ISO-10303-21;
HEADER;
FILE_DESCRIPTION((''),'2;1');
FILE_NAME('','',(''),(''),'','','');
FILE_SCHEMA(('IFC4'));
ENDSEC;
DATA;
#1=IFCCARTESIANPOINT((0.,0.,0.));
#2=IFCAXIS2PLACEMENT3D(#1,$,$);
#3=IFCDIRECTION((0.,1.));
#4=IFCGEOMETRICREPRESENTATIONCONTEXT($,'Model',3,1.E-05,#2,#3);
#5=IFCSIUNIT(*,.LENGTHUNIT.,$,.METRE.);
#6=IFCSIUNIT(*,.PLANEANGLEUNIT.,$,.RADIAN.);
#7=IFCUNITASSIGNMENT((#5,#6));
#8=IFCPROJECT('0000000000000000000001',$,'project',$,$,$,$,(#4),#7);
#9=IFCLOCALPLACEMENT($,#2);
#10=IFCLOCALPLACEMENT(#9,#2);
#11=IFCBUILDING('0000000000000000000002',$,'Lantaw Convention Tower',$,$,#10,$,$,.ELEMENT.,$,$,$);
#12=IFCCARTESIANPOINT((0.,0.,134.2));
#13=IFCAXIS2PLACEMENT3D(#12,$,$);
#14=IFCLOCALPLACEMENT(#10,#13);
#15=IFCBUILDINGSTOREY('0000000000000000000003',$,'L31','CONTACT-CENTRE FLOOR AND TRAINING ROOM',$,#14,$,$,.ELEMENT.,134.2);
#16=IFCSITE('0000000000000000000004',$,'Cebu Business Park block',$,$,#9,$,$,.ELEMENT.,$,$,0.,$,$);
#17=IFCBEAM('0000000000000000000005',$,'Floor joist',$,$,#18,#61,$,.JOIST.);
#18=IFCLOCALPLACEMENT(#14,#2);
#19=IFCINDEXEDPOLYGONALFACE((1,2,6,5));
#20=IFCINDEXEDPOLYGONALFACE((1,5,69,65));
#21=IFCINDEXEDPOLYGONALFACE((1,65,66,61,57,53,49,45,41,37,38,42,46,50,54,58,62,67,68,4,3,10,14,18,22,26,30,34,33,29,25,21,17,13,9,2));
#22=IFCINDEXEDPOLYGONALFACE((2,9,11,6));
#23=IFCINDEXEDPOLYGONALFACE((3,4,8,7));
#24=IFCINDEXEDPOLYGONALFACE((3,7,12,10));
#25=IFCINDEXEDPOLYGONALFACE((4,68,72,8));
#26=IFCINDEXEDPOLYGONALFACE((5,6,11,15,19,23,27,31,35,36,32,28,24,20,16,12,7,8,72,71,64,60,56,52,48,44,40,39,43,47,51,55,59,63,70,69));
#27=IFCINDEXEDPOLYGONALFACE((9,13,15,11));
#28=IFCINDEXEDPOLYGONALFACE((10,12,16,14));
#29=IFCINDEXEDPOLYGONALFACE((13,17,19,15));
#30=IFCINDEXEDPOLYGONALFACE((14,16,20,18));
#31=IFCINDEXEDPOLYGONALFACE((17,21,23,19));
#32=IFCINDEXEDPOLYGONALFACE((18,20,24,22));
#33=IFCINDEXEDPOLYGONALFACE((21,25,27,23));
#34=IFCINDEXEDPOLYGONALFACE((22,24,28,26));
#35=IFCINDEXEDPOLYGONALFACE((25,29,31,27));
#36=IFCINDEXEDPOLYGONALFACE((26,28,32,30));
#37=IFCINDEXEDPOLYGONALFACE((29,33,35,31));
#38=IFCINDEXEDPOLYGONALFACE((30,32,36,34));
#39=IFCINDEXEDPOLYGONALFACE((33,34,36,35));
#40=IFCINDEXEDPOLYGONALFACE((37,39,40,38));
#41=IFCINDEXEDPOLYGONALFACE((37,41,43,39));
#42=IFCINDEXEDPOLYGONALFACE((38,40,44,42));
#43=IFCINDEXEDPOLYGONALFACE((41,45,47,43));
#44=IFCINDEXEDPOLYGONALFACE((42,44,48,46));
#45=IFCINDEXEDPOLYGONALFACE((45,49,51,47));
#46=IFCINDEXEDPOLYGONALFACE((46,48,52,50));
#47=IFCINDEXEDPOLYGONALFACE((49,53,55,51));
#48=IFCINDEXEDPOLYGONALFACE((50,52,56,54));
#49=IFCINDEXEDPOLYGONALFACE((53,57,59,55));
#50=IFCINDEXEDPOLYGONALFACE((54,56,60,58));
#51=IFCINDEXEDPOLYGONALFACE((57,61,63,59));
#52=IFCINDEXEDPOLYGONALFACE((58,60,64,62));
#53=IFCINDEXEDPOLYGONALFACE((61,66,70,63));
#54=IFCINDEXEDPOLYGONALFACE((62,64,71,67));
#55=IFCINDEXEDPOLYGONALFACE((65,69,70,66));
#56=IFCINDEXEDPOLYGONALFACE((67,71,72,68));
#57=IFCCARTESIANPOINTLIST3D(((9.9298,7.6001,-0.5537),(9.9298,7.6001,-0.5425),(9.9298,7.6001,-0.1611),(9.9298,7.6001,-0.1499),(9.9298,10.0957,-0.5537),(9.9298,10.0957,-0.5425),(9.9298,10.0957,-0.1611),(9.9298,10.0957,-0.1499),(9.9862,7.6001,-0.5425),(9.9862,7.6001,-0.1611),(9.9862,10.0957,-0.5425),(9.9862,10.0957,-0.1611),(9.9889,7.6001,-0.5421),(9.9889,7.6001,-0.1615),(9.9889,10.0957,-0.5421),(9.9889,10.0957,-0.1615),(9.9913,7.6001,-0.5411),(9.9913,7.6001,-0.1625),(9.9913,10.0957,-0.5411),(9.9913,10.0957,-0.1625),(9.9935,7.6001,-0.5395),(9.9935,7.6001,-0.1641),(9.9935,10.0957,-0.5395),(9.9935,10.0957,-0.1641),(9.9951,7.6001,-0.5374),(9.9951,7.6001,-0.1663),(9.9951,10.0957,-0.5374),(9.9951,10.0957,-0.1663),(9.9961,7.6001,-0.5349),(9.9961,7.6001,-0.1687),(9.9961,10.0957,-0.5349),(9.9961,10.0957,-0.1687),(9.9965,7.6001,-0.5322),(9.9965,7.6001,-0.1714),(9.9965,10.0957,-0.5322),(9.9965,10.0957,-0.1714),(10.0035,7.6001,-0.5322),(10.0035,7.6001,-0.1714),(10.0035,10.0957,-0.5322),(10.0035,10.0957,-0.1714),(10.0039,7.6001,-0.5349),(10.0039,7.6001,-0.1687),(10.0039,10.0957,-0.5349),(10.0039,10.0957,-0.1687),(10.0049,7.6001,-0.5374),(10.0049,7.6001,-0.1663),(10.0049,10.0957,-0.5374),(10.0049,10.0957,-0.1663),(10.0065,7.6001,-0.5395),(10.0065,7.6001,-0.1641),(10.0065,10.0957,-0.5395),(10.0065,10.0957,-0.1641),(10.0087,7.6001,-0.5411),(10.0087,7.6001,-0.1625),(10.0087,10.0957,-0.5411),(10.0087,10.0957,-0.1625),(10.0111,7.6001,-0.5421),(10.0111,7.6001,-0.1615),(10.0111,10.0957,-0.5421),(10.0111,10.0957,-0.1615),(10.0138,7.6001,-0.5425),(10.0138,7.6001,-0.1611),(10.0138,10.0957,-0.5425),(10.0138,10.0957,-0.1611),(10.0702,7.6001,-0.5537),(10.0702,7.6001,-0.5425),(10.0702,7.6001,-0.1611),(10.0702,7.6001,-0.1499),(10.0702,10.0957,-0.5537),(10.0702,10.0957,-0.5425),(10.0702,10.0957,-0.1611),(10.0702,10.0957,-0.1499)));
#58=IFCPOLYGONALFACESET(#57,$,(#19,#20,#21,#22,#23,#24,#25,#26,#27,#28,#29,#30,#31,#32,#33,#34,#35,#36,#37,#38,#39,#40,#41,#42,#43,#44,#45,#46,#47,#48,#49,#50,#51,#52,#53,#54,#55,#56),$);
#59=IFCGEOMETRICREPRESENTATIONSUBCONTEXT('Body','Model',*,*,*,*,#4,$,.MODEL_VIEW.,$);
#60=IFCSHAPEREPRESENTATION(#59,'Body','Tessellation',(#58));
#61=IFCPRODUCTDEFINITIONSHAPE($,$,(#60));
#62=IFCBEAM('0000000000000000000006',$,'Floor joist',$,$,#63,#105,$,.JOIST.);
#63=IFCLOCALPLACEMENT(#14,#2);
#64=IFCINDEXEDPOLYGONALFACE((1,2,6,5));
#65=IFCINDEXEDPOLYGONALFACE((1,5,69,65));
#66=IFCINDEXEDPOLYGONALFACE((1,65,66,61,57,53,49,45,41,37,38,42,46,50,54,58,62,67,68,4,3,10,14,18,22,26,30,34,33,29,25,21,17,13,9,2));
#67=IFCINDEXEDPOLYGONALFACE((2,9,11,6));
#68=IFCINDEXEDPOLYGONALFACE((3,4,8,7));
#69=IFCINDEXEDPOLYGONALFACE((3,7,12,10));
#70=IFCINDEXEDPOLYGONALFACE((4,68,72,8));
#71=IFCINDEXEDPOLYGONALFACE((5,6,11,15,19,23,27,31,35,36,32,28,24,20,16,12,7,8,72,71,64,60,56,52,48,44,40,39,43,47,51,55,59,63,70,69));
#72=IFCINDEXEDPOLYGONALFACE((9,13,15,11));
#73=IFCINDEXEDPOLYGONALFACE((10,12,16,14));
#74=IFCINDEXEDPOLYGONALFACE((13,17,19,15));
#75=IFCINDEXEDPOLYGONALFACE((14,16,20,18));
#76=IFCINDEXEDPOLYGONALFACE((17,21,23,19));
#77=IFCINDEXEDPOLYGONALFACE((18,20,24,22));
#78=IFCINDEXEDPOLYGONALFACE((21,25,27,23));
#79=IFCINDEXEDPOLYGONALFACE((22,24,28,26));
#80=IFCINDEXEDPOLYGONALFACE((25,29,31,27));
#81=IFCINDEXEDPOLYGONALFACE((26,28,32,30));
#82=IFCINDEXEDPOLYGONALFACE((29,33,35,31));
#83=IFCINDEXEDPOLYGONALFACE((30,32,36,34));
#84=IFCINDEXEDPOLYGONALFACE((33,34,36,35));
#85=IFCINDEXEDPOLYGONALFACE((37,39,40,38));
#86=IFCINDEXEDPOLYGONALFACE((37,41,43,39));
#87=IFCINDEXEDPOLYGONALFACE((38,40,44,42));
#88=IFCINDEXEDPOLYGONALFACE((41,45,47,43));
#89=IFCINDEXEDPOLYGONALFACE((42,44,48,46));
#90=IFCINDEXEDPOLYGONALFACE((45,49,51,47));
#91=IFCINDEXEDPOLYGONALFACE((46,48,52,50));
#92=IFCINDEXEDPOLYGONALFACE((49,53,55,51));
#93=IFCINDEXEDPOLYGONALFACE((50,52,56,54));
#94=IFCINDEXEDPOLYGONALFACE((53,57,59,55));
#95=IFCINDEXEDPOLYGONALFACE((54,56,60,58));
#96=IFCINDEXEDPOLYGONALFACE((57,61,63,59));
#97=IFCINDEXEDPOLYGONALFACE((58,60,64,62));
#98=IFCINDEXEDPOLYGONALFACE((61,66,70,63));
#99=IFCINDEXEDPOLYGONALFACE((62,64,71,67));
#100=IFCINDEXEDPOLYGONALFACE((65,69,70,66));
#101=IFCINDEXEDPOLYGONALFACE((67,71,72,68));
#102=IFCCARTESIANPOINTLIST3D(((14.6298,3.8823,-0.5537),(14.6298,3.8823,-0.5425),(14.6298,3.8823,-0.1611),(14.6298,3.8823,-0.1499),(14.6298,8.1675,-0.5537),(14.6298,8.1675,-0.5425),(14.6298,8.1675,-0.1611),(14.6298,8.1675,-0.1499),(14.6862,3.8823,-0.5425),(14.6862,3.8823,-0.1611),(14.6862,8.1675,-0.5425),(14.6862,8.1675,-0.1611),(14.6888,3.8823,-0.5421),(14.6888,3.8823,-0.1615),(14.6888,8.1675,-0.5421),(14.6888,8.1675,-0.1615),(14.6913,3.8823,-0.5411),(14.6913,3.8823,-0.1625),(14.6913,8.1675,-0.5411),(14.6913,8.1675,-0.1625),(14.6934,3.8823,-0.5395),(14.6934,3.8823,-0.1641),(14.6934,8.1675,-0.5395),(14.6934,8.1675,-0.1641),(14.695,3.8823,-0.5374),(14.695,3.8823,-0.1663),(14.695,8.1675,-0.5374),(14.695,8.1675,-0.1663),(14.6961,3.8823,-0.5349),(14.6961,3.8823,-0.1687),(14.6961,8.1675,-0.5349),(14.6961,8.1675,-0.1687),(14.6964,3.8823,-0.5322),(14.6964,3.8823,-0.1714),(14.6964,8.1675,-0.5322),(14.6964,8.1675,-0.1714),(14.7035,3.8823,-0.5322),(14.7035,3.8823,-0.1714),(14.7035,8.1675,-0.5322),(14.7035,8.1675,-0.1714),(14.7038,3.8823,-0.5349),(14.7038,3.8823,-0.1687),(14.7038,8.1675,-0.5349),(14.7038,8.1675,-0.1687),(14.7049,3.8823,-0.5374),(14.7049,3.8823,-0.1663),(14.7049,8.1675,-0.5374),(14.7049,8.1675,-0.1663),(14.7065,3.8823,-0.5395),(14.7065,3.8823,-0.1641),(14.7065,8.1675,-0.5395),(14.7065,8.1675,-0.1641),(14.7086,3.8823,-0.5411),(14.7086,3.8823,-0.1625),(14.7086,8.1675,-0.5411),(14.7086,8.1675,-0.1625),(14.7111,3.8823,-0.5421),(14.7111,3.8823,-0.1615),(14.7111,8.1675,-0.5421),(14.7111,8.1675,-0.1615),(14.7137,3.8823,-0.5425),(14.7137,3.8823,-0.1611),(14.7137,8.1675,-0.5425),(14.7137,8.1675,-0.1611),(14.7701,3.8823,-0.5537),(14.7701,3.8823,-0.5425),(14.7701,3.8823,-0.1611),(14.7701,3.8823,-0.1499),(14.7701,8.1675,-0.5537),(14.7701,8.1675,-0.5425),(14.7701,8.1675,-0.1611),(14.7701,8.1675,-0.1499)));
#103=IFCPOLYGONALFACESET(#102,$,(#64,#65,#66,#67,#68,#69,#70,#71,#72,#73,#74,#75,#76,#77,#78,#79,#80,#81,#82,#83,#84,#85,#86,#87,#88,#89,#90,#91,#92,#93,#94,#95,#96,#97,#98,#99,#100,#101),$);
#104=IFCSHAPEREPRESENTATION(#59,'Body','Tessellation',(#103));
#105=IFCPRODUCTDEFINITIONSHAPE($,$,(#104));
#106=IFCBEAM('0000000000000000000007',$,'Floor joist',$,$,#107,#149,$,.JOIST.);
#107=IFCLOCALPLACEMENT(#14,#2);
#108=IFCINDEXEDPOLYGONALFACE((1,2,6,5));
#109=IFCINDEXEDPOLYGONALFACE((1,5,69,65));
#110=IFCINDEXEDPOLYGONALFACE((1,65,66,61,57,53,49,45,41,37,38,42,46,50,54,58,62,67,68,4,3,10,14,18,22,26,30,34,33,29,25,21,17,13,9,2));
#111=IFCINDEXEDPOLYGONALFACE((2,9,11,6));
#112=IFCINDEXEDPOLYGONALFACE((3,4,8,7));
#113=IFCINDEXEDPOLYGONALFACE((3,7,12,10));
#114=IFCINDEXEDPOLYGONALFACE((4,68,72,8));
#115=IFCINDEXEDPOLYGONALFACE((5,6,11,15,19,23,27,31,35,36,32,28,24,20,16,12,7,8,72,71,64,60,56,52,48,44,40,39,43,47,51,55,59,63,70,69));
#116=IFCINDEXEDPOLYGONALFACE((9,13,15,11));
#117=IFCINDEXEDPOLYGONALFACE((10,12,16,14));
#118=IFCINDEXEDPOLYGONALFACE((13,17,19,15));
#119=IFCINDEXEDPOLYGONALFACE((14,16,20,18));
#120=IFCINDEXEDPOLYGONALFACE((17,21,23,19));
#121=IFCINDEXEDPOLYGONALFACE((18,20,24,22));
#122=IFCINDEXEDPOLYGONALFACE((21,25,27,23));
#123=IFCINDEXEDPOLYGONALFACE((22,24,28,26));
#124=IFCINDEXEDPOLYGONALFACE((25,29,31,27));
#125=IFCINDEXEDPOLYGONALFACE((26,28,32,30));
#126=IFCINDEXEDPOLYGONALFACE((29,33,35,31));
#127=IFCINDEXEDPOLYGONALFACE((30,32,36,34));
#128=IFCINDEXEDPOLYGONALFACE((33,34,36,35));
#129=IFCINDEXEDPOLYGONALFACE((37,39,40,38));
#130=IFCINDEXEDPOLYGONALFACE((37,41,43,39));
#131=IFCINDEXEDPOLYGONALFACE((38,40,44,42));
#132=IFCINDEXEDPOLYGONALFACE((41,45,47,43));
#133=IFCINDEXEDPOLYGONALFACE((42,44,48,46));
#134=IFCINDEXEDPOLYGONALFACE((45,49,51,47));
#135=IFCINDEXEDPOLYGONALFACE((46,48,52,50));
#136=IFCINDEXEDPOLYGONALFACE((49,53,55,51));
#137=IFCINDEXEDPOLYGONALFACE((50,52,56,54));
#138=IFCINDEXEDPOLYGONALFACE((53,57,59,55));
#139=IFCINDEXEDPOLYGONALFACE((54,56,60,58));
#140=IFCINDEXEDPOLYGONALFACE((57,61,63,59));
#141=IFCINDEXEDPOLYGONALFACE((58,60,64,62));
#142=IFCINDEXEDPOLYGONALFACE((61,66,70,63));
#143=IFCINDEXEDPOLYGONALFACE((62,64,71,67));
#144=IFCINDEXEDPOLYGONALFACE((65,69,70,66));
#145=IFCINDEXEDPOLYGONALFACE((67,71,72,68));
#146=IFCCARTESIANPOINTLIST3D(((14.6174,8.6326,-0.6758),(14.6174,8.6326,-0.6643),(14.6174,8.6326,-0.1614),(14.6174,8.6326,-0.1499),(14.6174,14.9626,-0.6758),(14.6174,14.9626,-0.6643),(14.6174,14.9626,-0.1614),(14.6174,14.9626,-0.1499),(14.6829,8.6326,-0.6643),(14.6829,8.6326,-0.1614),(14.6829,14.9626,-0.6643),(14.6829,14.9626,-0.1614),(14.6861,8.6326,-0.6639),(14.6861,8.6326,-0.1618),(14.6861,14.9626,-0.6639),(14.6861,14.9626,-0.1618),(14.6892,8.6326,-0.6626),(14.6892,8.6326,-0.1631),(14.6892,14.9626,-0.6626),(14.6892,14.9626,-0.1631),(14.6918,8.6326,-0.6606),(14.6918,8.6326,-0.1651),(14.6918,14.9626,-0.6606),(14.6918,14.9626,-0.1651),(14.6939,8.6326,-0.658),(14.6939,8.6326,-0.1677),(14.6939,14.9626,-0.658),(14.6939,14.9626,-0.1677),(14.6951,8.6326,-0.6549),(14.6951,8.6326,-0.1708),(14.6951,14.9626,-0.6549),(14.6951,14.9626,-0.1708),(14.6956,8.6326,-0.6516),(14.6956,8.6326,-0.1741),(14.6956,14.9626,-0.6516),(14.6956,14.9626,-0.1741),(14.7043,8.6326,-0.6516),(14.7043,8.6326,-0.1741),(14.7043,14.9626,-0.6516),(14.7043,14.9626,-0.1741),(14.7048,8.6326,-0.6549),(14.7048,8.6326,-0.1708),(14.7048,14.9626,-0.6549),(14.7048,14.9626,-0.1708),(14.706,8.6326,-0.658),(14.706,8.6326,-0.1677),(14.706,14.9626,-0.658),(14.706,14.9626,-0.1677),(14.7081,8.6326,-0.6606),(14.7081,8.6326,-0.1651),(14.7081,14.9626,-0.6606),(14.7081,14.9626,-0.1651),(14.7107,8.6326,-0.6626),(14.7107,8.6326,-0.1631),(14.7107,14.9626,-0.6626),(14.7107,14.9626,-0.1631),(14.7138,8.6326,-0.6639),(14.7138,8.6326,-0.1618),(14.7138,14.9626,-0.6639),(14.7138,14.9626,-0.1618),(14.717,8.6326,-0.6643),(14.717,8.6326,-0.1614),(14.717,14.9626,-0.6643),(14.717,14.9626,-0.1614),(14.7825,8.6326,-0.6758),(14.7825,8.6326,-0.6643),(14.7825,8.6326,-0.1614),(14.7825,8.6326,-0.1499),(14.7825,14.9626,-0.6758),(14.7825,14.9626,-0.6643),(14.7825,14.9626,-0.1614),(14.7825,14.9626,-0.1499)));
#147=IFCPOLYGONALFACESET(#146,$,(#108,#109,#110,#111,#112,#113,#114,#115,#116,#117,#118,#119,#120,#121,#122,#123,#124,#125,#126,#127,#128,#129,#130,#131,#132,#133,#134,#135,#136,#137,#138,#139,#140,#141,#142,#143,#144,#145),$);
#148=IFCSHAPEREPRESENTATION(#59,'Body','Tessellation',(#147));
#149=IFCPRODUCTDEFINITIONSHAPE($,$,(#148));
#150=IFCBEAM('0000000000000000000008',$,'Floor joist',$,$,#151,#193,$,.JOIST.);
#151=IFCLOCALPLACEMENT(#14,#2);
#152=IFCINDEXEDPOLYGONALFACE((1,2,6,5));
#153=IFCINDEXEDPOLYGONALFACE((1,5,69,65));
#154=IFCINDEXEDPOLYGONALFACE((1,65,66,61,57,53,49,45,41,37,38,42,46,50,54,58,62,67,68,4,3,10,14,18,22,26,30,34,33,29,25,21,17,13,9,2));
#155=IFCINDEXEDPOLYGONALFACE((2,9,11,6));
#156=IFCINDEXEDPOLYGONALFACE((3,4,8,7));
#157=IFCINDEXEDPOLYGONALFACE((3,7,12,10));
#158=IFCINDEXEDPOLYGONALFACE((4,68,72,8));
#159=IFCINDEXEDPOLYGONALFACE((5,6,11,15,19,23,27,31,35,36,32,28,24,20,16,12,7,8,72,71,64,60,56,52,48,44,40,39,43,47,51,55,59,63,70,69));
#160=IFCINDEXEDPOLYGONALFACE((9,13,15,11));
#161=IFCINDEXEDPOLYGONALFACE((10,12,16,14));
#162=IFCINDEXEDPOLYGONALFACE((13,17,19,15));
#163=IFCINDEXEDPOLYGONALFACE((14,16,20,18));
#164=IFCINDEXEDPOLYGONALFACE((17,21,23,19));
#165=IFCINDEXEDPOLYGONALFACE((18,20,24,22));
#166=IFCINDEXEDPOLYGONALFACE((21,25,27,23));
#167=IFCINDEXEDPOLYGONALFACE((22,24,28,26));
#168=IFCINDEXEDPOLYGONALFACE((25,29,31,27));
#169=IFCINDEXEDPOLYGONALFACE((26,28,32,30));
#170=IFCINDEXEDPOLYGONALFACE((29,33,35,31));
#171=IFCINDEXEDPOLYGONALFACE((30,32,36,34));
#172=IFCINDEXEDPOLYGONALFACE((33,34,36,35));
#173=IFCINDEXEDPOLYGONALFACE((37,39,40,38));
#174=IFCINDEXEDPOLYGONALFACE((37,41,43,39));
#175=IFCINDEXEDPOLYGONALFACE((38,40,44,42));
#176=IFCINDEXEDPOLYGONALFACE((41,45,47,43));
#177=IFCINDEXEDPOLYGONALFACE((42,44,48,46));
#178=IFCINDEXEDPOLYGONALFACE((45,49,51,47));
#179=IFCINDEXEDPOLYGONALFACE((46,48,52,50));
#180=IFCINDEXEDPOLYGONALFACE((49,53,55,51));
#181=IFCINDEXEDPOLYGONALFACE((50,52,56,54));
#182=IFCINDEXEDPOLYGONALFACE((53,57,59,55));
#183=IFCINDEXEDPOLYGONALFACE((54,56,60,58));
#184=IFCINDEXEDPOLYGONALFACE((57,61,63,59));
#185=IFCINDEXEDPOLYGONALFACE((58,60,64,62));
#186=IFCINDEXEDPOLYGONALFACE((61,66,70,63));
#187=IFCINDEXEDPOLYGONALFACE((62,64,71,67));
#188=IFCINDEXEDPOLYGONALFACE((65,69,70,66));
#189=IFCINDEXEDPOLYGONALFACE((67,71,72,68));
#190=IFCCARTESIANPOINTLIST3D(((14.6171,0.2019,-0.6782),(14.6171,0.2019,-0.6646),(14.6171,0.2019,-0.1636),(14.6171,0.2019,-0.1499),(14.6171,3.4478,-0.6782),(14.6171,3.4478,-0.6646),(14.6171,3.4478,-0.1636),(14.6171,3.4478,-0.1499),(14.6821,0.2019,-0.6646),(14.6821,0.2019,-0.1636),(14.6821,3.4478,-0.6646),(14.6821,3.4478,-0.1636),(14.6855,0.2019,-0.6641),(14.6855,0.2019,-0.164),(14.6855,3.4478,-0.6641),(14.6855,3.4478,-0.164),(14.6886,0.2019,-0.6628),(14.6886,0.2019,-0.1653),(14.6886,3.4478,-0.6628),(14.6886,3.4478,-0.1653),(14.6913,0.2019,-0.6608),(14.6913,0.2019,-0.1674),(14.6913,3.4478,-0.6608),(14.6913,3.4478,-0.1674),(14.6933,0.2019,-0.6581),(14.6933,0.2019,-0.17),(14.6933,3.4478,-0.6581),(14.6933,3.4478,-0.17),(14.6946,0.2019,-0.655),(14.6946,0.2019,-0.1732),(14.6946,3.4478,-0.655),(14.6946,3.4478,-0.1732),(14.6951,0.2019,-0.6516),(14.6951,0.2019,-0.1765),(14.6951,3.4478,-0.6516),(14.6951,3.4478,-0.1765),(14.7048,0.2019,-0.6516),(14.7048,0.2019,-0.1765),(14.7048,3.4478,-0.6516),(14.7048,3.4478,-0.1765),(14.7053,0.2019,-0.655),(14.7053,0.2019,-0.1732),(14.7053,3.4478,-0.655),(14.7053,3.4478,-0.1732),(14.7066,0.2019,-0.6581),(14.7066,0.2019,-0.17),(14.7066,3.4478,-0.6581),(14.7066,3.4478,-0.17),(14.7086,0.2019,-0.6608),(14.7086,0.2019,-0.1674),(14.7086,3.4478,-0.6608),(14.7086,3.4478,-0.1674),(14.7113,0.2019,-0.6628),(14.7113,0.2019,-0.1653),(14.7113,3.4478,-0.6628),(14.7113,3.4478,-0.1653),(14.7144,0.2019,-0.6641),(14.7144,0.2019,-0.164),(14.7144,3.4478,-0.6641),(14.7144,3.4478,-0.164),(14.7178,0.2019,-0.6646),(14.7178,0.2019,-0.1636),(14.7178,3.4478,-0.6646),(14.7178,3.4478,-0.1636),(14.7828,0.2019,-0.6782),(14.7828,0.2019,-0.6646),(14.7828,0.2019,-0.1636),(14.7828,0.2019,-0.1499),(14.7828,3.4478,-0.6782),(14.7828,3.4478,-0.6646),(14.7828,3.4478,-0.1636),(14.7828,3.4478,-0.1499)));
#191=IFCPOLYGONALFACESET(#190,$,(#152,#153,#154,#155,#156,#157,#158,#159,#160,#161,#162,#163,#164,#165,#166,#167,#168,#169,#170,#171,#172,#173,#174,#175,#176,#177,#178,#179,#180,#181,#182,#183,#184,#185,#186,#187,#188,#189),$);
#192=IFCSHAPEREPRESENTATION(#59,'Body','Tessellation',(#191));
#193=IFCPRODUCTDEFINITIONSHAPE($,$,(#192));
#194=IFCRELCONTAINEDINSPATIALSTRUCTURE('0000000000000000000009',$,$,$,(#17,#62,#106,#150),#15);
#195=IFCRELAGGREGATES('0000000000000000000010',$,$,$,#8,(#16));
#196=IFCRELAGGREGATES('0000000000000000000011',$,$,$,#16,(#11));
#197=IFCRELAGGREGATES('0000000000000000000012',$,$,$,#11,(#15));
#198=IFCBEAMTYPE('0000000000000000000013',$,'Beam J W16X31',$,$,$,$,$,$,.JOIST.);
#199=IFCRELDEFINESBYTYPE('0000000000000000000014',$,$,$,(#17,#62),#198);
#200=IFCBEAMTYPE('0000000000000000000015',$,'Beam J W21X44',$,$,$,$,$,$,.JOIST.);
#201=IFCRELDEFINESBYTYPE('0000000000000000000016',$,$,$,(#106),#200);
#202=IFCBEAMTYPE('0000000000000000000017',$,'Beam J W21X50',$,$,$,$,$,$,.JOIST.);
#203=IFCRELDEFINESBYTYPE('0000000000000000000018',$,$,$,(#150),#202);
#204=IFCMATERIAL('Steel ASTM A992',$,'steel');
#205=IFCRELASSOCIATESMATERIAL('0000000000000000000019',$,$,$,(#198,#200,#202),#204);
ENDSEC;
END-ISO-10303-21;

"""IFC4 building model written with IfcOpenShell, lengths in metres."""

from ifc_helpers import new_model, si_unit, direction, frame, origin, origin_2d, place, context, subcontext, project, spatial, i_section, extrude, material, material_profile, profile_set, type_object, element, save


model = new_model("IFC4")

# Units and contexts
model_context = context("Model", 3, precision=1e-05, world=origin(), true_north=direction((0.0, 1.0)))
body_context = subcontext(model_context, "Body", "Model", "MODEL_VIEW")
ifc_project = project(units=[si_unit("LENGTHUNIT", "METRE"), si_unit("PLANEANGLEUNIT", "RADIAN")], contexts=[model_context])

# Site, building, storey
site_placement = place(None, origin())
site = spatial("IfcSite", under=ifc_project, at=site_placement, Name="Cebu Business Park block", CompositionType="ELEMENT", RefElevation=0.0)
building_placement = place(site_placement, origin())
building = spatial("IfcBuilding", under=site, at=building_placement, Name="Lantaw Convention Tower", CompositionType="ELEMENT")
storey_placement = place(building_placement, frame((0.0, 0.0, 134.2)))
storey = spatial("IfcBuildingStorey", under=building, at=storey_placement, Name="L31", Description="CONTACT-CENTRE FLOOR AND TRAINING ROOM", CompositionType="ELEMENT", Elevation=134.2)

# Beams
ifc_material_1 = material(Name="Steel ASTM A992", Category="steel")
ifc_material_profile_1 = material_profile(ifc_material_1, i_section(OverallWidth=0.1404, OverallDepth=0.4038, WebThickness=0.0071, FlangeThickness=0.0112, FilletRadius=0.0103, at=origin_2d()), Name="W16X31")
ifc_profile_set_1 = profile_set([ifc_material_profile_1], Name="Steel ASTM A992")
beam_type_1 = type_object("IfcBeamType", Name="Beam J W16X31", PredefinedType="JOIST", material=ifc_profile_set_1)
beam_1_placement = place(storey_placement, frame((10.0, 7.6001, -0.3518), z_axis=(0.0, 1.0, 0.0), x_axis=(-1.0, 0.0, 0.0)))
element("IfcBeam", 1, at=beam_1_placement, inside=storey, type_object=beam_type_1, Name="Floor joist", PredefinedType="JOIST", context=body_context, shape_type="SweptSolid", body=[
    extrude(i_section(OverallWidth=0.1404, OverallDepth=0.4038, WebThickness=0.0071, FlangeThickness=0.0112, FilletRadius=0.0103, at=origin_2d()), origin(), (0.0, 0.0, 1.0), 2.4956),
])
beam_2_placement = place(storey_placement, frame((14.7, 3.8823, -0.3518), z_axis=(0.0, 1.0, 0.0), x_axis=(-1.0, 0.0, 0.0)))
element("IfcBeam", 2, at=beam_2_placement, inside=storey, type_object=beam_type_1, Name="Floor joist", PredefinedType="JOIST", context=body_context, shape_type="SweptSolid", body=[
    extrude(i_section(OverallWidth=0.1404, OverallDepth=0.4038, WebThickness=0.0071, FlangeThickness=0.0112, FilletRadius=0.0103, at=origin_2d()), origin(), (0.0, 0.0, 1.0), 4.2852),
])
ifc_material_profile_2 = material_profile(ifc_material_1, i_section(OverallWidth=0.165, OverallDepth=0.5259, WebThickness=0.0088, FlangeThickness=0.0115, FilletRadius=0.0127, at=origin_2d()), Name="W21X44")
ifc_profile_set_2 = profile_set([ifc_material_profile_2], Name="Steel ASTM A992")
beam_type_2 = type_object("IfcBeamType", Name="Beam J W21X44", PredefinedType="JOIST", material=ifc_profile_set_2)
beam_3_placement = place(storey_placement, frame((14.7, 8.6326, -0.4128), z_axis=(0.0, 1.0, 0.0), x_axis=(-1.0, 0.0, 0.0)))
element("IfcBeam", 3, at=beam_3_placement, inside=storey, type_object=beam_type_2, Name="Floor joist", PredefinedType="JOIST", context=body_context, shape_type="SweptSolid", body=[
    extrude(i_section(OverallWidth=0.165, OverallDepth=0.5259, WebThickness=0.0088, FlangeThickness=0.0115, FilletRadius=0.0127, at=origin_2d()), origin(), (0.0, 0.0, 1.0), 6.3301),
])
ifc_material_profile_3 = material_profile(ifc_material_1, i_section(OverallWidth=0.1658, OverallDepth=0.5283, WebThickness=0.0098, FlangeThickness=0.0137, FilletRadius=0.0129, at=origin_2d()), Name="W21X50")
ifc_profile_set_3 = profile_set([ifc_material_profile_3], Name="Steel ASTM A992")
beam_type_3 = type_object("IfcBeamType", Name="Beam J W21X50", PredefinedType="JOIST", material=ifc_profile_set_3)
beam_4_placement = place(storey_placement, frame((14.7, 0.2019, -0.4141), z_axis=(0.0, 1.0, 0.0), x_axis=(-1.0, 0.0, 0.0)))
element("IfcBeam", 4, at=beam_4_placement, inside=storey, type_object=beam_type_3, Name="Floor joist", PredefinedType="JOIST", context=body_context, shape_type="SweptSolid", body=[
    extrude(i_section(OverallWidth=0.1658, OverallDepth=0.5283, WebThickness=0.0098, FlangeThickness=0.0137, FilletRadius=0.0129, at=origin_2d()), origin(), (0.0, 0.0, 1.0), 3.2458),
])

save(model, "model.ifc")
